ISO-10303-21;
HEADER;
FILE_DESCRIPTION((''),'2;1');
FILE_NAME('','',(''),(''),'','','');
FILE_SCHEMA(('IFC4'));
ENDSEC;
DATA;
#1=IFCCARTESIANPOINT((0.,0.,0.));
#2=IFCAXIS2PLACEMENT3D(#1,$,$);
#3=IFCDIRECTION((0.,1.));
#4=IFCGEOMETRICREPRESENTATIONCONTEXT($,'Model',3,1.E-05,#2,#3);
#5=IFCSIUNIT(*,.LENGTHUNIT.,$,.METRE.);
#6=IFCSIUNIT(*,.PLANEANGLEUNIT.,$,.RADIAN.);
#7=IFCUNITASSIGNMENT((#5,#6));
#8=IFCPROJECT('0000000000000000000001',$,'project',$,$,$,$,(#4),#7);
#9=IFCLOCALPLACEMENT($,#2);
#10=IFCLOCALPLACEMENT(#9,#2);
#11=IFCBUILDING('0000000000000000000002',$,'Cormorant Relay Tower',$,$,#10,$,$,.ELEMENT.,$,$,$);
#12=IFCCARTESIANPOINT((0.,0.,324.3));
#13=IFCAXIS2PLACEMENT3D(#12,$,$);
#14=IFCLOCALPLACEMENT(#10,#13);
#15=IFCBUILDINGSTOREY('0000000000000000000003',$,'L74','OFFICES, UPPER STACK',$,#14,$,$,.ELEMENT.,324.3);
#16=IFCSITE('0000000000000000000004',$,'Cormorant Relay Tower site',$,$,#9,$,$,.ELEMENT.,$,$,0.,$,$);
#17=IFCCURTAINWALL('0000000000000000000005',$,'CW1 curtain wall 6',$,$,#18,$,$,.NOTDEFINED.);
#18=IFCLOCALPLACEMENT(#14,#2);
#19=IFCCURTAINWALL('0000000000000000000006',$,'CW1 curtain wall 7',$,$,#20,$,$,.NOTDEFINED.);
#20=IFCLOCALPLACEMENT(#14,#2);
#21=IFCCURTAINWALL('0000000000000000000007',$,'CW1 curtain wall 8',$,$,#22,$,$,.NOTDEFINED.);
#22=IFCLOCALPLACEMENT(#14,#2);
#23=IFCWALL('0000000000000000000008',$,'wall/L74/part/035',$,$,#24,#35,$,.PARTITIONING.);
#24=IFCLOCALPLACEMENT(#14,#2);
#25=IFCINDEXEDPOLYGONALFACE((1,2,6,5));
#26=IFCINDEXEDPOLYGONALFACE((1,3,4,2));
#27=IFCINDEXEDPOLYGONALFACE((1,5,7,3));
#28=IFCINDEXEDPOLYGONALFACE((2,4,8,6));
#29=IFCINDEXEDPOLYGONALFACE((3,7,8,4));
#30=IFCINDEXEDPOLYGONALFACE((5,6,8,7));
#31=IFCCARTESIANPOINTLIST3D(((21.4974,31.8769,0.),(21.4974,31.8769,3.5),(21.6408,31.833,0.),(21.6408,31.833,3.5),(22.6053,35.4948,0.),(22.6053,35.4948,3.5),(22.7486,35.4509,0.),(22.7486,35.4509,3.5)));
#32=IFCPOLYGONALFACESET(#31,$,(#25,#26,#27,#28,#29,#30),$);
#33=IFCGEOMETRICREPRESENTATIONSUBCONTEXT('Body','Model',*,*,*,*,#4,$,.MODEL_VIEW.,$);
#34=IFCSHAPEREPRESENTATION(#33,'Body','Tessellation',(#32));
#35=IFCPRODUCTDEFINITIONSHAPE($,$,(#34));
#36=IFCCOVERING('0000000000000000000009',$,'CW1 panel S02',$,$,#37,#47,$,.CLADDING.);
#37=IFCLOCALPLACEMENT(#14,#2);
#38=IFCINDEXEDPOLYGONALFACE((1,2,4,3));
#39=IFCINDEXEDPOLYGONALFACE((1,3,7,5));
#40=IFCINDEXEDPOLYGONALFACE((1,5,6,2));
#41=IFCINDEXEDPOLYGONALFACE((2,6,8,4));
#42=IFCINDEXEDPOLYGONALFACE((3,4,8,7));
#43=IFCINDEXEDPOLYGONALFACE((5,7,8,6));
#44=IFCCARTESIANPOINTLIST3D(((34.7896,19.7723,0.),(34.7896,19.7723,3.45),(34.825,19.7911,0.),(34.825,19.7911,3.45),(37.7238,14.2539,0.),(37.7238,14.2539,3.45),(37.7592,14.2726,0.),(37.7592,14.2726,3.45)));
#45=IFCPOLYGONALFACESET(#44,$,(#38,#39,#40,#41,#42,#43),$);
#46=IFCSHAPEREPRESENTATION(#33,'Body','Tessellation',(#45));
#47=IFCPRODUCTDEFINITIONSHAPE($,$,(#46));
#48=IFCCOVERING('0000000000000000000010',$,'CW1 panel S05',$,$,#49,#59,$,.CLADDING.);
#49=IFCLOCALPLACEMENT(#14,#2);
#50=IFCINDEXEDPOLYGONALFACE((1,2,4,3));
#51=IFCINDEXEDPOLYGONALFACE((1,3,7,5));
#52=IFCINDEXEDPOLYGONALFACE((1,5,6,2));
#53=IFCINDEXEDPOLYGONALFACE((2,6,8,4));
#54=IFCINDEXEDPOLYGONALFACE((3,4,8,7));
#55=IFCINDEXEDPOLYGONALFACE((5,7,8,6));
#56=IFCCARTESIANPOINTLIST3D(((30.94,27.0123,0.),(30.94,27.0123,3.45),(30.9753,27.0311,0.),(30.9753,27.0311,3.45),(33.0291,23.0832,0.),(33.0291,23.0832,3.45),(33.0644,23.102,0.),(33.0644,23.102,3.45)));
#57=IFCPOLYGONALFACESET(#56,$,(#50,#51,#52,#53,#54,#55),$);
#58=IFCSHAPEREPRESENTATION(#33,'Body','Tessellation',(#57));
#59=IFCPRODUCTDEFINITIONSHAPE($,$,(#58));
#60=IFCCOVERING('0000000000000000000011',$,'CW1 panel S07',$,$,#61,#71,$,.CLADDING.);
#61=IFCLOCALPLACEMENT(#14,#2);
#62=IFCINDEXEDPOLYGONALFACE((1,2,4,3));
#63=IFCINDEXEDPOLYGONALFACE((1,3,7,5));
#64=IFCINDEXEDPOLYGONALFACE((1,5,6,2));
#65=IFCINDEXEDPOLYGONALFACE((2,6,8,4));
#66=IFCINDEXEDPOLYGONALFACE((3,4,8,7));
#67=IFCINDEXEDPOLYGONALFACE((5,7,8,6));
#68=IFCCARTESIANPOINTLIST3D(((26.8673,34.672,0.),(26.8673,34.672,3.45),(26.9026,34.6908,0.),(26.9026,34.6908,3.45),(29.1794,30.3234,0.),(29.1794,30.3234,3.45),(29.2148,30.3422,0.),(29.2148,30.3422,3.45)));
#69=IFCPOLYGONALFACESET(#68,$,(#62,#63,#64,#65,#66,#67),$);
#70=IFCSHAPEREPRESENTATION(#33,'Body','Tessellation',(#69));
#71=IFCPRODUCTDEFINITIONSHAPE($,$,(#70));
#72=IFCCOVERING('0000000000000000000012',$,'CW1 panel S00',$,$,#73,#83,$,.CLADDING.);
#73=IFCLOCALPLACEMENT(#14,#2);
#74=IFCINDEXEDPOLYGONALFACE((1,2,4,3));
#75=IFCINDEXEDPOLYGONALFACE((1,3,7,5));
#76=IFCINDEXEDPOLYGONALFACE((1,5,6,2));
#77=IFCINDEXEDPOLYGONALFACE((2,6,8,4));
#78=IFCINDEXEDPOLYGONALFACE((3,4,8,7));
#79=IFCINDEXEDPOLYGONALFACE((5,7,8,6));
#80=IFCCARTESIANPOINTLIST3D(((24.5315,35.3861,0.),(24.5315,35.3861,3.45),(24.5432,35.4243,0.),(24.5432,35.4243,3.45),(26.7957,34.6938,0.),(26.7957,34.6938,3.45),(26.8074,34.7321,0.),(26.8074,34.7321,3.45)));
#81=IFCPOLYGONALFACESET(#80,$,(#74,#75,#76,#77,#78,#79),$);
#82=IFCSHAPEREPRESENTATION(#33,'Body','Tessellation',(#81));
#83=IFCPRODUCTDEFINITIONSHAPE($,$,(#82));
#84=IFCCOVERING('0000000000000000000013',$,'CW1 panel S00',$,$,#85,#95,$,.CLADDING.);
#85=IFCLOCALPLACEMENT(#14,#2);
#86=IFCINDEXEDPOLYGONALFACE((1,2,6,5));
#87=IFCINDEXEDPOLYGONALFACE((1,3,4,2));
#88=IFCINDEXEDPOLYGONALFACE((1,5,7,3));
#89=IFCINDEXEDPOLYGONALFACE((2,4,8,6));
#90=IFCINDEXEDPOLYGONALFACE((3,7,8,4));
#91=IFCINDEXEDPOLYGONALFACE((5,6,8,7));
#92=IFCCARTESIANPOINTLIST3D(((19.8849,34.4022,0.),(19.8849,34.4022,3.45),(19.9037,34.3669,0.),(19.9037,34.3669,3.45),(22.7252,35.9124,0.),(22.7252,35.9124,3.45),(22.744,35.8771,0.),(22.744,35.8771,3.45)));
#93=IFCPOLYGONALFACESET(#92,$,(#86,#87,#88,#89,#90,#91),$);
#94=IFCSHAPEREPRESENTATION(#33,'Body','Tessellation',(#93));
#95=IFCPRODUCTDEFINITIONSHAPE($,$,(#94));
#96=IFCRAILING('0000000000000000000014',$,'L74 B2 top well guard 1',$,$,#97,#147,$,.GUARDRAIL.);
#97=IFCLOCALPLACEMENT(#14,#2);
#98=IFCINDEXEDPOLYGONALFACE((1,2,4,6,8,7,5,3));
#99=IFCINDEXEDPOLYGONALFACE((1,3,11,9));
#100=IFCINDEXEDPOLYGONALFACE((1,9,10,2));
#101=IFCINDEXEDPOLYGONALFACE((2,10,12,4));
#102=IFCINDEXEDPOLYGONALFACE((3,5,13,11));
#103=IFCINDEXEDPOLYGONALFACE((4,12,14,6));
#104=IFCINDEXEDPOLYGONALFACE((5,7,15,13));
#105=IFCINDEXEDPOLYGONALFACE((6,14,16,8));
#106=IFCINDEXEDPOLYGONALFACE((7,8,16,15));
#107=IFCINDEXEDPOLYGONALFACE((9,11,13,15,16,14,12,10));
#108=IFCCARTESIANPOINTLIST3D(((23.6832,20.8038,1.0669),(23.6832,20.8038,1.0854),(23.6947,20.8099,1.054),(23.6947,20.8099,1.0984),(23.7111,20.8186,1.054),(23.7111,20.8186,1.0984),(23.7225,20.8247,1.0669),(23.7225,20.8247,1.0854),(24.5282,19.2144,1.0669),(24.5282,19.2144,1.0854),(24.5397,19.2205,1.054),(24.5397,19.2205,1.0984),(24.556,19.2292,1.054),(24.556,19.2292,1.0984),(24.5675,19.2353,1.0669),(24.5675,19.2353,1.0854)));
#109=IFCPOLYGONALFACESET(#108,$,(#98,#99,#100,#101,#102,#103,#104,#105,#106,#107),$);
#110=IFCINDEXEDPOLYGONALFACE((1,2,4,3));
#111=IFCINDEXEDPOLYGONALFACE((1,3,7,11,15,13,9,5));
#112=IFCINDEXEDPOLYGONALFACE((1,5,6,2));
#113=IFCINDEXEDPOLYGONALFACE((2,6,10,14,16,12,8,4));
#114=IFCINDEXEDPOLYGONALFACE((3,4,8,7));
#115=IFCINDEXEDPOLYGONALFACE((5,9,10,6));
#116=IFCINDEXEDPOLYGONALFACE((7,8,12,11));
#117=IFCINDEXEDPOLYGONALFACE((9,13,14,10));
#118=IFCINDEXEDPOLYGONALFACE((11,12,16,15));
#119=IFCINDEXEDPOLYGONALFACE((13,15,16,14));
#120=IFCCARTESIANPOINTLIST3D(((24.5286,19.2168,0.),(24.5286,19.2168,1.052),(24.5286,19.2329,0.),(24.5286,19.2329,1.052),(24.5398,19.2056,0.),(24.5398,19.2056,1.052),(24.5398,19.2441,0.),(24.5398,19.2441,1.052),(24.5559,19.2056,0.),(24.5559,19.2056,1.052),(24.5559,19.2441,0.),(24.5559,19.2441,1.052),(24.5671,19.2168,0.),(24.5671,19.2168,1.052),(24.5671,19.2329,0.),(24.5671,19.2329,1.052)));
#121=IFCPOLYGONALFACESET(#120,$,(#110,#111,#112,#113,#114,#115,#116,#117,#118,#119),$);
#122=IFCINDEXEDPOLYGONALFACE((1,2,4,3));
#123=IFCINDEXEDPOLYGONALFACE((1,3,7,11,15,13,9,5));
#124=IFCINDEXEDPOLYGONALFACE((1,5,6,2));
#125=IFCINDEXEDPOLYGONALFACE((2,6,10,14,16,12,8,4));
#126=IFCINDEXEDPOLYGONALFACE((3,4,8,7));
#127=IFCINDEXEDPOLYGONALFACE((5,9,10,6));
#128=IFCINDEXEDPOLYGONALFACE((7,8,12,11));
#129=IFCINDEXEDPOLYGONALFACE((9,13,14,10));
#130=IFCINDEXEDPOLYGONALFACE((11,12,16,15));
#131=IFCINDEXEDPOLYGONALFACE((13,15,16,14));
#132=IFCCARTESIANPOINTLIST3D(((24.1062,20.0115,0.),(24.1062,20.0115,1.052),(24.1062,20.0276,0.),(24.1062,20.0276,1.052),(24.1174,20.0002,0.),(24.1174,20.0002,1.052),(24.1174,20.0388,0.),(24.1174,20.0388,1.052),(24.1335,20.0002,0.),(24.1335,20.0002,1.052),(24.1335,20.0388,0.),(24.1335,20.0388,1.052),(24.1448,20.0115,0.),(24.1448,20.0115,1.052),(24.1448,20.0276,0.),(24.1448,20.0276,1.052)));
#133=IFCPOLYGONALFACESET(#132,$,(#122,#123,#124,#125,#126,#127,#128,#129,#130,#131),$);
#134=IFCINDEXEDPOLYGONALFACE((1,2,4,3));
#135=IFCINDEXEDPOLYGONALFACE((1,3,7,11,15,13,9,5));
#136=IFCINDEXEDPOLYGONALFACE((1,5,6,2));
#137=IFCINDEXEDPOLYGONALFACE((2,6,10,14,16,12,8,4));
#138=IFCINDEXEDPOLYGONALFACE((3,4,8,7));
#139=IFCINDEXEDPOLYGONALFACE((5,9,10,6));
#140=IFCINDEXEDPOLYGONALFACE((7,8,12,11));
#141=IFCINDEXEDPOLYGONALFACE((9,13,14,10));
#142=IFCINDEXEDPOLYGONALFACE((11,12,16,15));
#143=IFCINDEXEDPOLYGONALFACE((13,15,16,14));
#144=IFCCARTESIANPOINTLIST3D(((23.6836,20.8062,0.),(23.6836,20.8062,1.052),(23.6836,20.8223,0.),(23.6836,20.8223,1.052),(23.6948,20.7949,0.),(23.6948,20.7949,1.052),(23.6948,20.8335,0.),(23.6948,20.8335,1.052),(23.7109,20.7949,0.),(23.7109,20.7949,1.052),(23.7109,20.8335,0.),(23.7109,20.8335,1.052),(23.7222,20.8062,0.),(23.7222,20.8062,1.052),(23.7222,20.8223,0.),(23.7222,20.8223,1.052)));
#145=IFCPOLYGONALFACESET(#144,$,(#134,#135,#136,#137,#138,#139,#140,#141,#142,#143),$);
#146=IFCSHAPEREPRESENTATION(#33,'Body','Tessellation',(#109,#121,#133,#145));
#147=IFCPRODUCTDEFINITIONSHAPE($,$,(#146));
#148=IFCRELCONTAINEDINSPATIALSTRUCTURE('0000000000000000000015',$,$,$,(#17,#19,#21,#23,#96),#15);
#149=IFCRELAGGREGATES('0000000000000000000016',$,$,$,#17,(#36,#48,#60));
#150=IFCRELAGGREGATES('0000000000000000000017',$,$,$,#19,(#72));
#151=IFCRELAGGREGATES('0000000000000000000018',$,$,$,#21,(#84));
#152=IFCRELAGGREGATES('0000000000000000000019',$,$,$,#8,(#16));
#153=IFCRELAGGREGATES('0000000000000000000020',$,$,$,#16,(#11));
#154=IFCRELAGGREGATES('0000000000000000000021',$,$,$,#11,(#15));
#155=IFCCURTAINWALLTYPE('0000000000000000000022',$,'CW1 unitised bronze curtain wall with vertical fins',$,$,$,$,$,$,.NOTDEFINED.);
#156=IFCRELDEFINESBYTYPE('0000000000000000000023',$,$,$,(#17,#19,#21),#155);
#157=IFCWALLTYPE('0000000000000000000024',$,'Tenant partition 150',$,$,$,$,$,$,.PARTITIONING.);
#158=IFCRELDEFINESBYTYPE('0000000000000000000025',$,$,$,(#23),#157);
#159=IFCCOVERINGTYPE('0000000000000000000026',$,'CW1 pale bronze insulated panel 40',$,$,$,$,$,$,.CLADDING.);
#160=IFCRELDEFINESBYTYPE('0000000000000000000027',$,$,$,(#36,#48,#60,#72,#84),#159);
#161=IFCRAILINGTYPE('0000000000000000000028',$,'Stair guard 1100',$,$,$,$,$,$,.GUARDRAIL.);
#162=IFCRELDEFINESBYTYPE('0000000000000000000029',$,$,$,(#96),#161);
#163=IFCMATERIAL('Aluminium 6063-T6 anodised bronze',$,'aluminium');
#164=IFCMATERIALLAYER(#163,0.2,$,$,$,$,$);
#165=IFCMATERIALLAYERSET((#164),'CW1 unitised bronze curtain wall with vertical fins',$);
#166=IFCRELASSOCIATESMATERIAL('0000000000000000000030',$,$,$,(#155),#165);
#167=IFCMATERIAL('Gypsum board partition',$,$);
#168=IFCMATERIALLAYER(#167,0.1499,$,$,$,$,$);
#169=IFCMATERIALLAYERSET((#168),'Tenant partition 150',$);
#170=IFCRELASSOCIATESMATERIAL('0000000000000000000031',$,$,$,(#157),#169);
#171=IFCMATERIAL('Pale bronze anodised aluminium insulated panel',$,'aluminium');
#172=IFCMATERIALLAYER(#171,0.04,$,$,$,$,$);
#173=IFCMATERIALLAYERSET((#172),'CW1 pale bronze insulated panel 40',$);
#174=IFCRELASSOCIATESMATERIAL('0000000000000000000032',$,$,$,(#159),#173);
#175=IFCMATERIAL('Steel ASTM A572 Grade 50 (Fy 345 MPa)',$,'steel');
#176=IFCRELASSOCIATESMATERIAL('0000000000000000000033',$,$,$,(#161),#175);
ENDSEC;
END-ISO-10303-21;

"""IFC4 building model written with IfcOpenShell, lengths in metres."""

from ifc_helpers import new_model, si_unit, direction, frame, frame_2d, origin, origin_2d, place, context, subcontext, project, spatial, polyline, rectangle, outline, extrude, material, layer, layer_set, type_object, element, aggregate, save


model = new_model("IFC4")

# Units and contexts
model_context = context("Model", 3, precision=1e-05, world=origin(), true_north=direction((0.0, 1.0)))
body_context = subcontext(model_context, "Body", "Model", "MODEL_VIEW")
ifc_project = project(units=[si_unit("LENGTHUNIT", "METRE"), si_unit("PLANEANGLEUNIT", "RADIAN")], contexts=[model_context])

# Site, building, storey
site_placement = place(None, origin())
site = spatial("IfcSite", under=ifc_project, at=site_placement, Name="Cormorant Relay Tower site", CompositionType="ELEMENT", RefElevation=0.0)
building_placement = place(site_placement, origin())
building = spatial("IfcBuilding", under=site, at=building_placement, Name="Cormorant Relay Tower", CompositionType="ELEMENT")
storey_placement = place(building_placement, frame((0.0, 0.0, 324.3)))
storey = spatial("IfcBuildingStorey", under=building, at=storey_placement, Name="L74", Description="OFFICES, UPPER STACK", CompositionType="ELEMENT", Elevation=324.3)

# Curtain wall
ifc_material_1 = material(Name="Aluminium 6063-T6 anodised bronze", Category="aluminium")
ifc_layer_1 = layer(ifc_material_1, 0.2)
ifc_layer_set_1 = layer_set([ifc_layer_1], Name="CW1 unitised bronze curtain wall with vertical fins")
curtain_wall_type = type_object("IfcCurtainWallType", Name="CW1 unitised bronze curtain wall with vertical fins", PredefinedType="NOTDEFINED", material=ifc_layer_set_1)
curtain_wall_1_placement = place(storey_placement, origin())
curtain_wall_1 = element("IfcCurtainWall", 1, at=curtain_wall_1_placement, inside=storey, type_object=curtain_wall_type, Name="CW1 curtain wall 6", PredefinedType="NOTDEFINED")

# Curtain walls
curtain_wall_2_placement = place(storey_placement, origin())
curtain_wall_2 = element("IfcCurtainWall", 2, at=curtain_wall_2_placement, inside=storey, type_object=curtain_wall_type, Name="CW1 curtain wall 7", PredefinedType="NOTDEFINED")
curtain_wall_3_placement = place(storey_placement, origin())
curtain_wall_3 = element("IfcCurtainWall", 3, at=curtain_wall_3_placement, inside=storey, type_object=curtain_wall_type, Name="CW1 curtain wall 8", PredefinedType="NOTDEFINED")

# Wall
ifc_material_2 = material(Name="Gypsum board partition")
ifc_layer_2 = layer(ifc_material_2, 0.1499)
ifc_layer_set_2 = layer_set([ifc_layer_2], Name="Tenant partition 150")
wall_type_1 = type_object("IfcWallType", Name="Tenant partition 150", PredefinedType="PARTITIONING", material=ifc_layer_set_2)
wall_1_placement = place(storey_placement, frame((21.5691, 31.855, 0.0), z_axis=(0.0, 0.0, 1.0), x_axis=(0.292807, 0.956172, 0.0)))
element("IfcWall", 4, at=wall_1_placement, inside=storey, type_object=wall_type_1, Name="wall/L74/part/035", PredefinedType="PARTITIONING", context=body_context, shape_type="SweptSolid", body=[
    extrude(rectangle(XDim=3.7837, YDim=0.1499, at=frame_2d((1.8918, 0.0))), origin(), (0.0, 0.0, 1.0), 3.5),
])

# Coverings
ifc_material_3 = material(Name="Pale bronze anodised aluminium insulated panel", Category="aluminium")
ifc_layer_3 = layer(ifc_material_3, 0.04)
ifc_layer_set_3 = layer_set([ifc_layer_3], Name="CW1 pale bronze insulated panel 40")
covering_type = type_object("IfcCoveringType", Name="CW1 pale bronze insulated panel 40", PredefinedType="CLADDING", material=ifc_layer_set_3)
covering_1_placement = place(storey_placement, frame((36.2744, 17.0225, 0.0), z_axis=(0.0, 0.0, 1.0), x_axis=(-0.469472, 0.882948, 0.0)))
covering_1 = element("IfcCovering", 5, at=covering_1_placement, type_object=covering_type, Name="CW1 panel S02", PredefinedType="CLADDING", context=body_context, shape_type="SweptSolid", body=[
    extrude(rectangle(XDim=6.25, YDim=0.04, at=origin_2d()), origin(), (0.0, 0.0, 1.0), 3.45),
])
covering_2_placement = place(storey_placement, frame((32.0022, 25.0571, 0.0), z_axis=(0.0, 0.0, 1.0), x_axis=(-0.469472, 0.882948, 0.0)))
covering_2 = element("IfcCovering", 6, at=covering_2_placement, type_object=covering_type, Name="CW1 panel S05", PredefinedType="CLADDING", context=body_context, shape_type="SweptSolid", body=[
    extrude(rectangle(XDim=4.45, YDim=0.04, at=origin_2d()), origin(), (0.0, 0.0, 1.0), 3.45),
])
covering_3_placement = place(storey_placement, frame((28.041, 32.5071, 0.0), z_axis=(0.0, 0.0, 1.0), x_axis=(-0.469472, 0.882948, 0.0)))
covering_3 = element("IfcCovering", 7, at=covering_3_placement, type_object=covering_type, Name="CW1 panel S07", PredefinedType="CLADDING", context=body_context, shape_type="SweptSolid", body=[
    extrude(rectangle(XDim=4.925, YDim=0.04, at=origin_2d()), origin(), (0.0, 0.0, 1.0), 3.45),
])
aggregate(curtain_wall_1, [covering_1, covering_2, covering_3])
covering_4_placement = place(storey_placement, frame((25.6694, 35.0591, 0.0), z_axis=(0.0, 0.0, 1.0), x_axis=(-0.956305, 0.292372, 0.0)))
covering_4 = element("IfcCovering", 8, at=covering_4_placement, type_object=covering_type, Name="CW1 panel S00", PredefinedType="CLADDING", context=body_context, shape_type="SweptSolid", body=[
    extrude(rectangle(XDim=2.3677, YDim=0.04, at=origin_2d()), origin(), (0.0, 0.0, 1.0), 3.45),
])
aggregate(curtain_wall_2, [covering_4])
covering_5_placement = place(storey_placement, frame((21.3145, 35.1396, 0.0), z_axis=(0.0, 0.0, 1.0), x_axis=(-0.882948, -0.469472, 0.0)))
covering_5 = element("IfcCovering", 9, at=covering_5_placement, type_object=covering_type, Name="CW1 panel S00", PredefinedType="CLADDING", context=body_context, shape_type="SweptSolid", body=[
    extrude(rectangle(XDim=3.2168, YDim=0.04, at=origin_2d()), origin(), (0.0, 0.0, 1.0), 3.45),
])
aggregate(curtain_wall_3, [covering_5])

# Railing
ifc_material_4 = material(Name="Steel ASTM A572 Grade 50 (Fy 345 MPa)", Category="steel")
railing_type = type_object("IfcRailingType", Name="Stair guard 1100", PredefinedType="GUARDRAIL", material=ifc_material_4)
railing_placement = place(storey_placement, frame((24.5479, 19.2249, 0.0)))
element("IfcRailing", 10, at=railing_placement, inside=storey, type_object=railing_type, Name="L74 B2 top well guard 1", PredefinedType="GUARDRAIL", context=body_context, shape_type="SweptSolid", body=[
    extrude(outline(polyline([(0.0222, 0.0093), (0.0093, 0.0222), (-0.0093, 0.0222), (-0.0222, 0.0093), (-0.0222, -0.0093), (-0.0093, -0.0222), (0.0093, -0.0222), (0.0222, -0.0093), (0.0222, 0.0093)])), frame((0.0, 0.0, 1.0762), z_axis=(-0.469426, 0.882972, 0.0), x_axis=(-0.882972, -0.469426, 0.0)), (0.0, 0.0, 1.0), 1.8),
    extrude(outline(polyline([(0.0193, 0.0081), (0.0081, 0.0193), (-0.0081, 0.0193), (-0.0193, 0.0081), (-0.0193, -0.0081), (-0.0081, -0.0193), (0.0081, -0.0193), (0.0193, -0.0081), (0.0193, 0.0081)])), origin(), (0.0, 0.0, 1.0), 1.052),
    extrude(outline(polyline([(0.0193, 0.0081), (0.0081, 0.0193), (-0.0081, 0.0193), (-0.0193, 0.0081), (-0.0193, -0.0081), (-0.0081, -0.0193), (0.0081, -0.0193), (0.0193, -0.0081), (0.0193, 0.0081)])), frame((-0.4224, 0.7947, 0.0)), (0.0, 0.0, 1.0), 1.052),
    extrude(outline(polyline([(0.0193, 0.0081), (0.0081, 0.0193), (-0.0081, 0.0193), (-0.0193, 0.0081), (-0.0193, -0.0081), (-0.0081, -0.0193), (0.0081, -0.0193), (0.0193, -0.0081), (0.0193, 0.0081)])), frame((-0.845, 1.5894, 0.0)), (0.0, 0.0, 1.0), 1.052),
])

save(model, "model.ifc")
